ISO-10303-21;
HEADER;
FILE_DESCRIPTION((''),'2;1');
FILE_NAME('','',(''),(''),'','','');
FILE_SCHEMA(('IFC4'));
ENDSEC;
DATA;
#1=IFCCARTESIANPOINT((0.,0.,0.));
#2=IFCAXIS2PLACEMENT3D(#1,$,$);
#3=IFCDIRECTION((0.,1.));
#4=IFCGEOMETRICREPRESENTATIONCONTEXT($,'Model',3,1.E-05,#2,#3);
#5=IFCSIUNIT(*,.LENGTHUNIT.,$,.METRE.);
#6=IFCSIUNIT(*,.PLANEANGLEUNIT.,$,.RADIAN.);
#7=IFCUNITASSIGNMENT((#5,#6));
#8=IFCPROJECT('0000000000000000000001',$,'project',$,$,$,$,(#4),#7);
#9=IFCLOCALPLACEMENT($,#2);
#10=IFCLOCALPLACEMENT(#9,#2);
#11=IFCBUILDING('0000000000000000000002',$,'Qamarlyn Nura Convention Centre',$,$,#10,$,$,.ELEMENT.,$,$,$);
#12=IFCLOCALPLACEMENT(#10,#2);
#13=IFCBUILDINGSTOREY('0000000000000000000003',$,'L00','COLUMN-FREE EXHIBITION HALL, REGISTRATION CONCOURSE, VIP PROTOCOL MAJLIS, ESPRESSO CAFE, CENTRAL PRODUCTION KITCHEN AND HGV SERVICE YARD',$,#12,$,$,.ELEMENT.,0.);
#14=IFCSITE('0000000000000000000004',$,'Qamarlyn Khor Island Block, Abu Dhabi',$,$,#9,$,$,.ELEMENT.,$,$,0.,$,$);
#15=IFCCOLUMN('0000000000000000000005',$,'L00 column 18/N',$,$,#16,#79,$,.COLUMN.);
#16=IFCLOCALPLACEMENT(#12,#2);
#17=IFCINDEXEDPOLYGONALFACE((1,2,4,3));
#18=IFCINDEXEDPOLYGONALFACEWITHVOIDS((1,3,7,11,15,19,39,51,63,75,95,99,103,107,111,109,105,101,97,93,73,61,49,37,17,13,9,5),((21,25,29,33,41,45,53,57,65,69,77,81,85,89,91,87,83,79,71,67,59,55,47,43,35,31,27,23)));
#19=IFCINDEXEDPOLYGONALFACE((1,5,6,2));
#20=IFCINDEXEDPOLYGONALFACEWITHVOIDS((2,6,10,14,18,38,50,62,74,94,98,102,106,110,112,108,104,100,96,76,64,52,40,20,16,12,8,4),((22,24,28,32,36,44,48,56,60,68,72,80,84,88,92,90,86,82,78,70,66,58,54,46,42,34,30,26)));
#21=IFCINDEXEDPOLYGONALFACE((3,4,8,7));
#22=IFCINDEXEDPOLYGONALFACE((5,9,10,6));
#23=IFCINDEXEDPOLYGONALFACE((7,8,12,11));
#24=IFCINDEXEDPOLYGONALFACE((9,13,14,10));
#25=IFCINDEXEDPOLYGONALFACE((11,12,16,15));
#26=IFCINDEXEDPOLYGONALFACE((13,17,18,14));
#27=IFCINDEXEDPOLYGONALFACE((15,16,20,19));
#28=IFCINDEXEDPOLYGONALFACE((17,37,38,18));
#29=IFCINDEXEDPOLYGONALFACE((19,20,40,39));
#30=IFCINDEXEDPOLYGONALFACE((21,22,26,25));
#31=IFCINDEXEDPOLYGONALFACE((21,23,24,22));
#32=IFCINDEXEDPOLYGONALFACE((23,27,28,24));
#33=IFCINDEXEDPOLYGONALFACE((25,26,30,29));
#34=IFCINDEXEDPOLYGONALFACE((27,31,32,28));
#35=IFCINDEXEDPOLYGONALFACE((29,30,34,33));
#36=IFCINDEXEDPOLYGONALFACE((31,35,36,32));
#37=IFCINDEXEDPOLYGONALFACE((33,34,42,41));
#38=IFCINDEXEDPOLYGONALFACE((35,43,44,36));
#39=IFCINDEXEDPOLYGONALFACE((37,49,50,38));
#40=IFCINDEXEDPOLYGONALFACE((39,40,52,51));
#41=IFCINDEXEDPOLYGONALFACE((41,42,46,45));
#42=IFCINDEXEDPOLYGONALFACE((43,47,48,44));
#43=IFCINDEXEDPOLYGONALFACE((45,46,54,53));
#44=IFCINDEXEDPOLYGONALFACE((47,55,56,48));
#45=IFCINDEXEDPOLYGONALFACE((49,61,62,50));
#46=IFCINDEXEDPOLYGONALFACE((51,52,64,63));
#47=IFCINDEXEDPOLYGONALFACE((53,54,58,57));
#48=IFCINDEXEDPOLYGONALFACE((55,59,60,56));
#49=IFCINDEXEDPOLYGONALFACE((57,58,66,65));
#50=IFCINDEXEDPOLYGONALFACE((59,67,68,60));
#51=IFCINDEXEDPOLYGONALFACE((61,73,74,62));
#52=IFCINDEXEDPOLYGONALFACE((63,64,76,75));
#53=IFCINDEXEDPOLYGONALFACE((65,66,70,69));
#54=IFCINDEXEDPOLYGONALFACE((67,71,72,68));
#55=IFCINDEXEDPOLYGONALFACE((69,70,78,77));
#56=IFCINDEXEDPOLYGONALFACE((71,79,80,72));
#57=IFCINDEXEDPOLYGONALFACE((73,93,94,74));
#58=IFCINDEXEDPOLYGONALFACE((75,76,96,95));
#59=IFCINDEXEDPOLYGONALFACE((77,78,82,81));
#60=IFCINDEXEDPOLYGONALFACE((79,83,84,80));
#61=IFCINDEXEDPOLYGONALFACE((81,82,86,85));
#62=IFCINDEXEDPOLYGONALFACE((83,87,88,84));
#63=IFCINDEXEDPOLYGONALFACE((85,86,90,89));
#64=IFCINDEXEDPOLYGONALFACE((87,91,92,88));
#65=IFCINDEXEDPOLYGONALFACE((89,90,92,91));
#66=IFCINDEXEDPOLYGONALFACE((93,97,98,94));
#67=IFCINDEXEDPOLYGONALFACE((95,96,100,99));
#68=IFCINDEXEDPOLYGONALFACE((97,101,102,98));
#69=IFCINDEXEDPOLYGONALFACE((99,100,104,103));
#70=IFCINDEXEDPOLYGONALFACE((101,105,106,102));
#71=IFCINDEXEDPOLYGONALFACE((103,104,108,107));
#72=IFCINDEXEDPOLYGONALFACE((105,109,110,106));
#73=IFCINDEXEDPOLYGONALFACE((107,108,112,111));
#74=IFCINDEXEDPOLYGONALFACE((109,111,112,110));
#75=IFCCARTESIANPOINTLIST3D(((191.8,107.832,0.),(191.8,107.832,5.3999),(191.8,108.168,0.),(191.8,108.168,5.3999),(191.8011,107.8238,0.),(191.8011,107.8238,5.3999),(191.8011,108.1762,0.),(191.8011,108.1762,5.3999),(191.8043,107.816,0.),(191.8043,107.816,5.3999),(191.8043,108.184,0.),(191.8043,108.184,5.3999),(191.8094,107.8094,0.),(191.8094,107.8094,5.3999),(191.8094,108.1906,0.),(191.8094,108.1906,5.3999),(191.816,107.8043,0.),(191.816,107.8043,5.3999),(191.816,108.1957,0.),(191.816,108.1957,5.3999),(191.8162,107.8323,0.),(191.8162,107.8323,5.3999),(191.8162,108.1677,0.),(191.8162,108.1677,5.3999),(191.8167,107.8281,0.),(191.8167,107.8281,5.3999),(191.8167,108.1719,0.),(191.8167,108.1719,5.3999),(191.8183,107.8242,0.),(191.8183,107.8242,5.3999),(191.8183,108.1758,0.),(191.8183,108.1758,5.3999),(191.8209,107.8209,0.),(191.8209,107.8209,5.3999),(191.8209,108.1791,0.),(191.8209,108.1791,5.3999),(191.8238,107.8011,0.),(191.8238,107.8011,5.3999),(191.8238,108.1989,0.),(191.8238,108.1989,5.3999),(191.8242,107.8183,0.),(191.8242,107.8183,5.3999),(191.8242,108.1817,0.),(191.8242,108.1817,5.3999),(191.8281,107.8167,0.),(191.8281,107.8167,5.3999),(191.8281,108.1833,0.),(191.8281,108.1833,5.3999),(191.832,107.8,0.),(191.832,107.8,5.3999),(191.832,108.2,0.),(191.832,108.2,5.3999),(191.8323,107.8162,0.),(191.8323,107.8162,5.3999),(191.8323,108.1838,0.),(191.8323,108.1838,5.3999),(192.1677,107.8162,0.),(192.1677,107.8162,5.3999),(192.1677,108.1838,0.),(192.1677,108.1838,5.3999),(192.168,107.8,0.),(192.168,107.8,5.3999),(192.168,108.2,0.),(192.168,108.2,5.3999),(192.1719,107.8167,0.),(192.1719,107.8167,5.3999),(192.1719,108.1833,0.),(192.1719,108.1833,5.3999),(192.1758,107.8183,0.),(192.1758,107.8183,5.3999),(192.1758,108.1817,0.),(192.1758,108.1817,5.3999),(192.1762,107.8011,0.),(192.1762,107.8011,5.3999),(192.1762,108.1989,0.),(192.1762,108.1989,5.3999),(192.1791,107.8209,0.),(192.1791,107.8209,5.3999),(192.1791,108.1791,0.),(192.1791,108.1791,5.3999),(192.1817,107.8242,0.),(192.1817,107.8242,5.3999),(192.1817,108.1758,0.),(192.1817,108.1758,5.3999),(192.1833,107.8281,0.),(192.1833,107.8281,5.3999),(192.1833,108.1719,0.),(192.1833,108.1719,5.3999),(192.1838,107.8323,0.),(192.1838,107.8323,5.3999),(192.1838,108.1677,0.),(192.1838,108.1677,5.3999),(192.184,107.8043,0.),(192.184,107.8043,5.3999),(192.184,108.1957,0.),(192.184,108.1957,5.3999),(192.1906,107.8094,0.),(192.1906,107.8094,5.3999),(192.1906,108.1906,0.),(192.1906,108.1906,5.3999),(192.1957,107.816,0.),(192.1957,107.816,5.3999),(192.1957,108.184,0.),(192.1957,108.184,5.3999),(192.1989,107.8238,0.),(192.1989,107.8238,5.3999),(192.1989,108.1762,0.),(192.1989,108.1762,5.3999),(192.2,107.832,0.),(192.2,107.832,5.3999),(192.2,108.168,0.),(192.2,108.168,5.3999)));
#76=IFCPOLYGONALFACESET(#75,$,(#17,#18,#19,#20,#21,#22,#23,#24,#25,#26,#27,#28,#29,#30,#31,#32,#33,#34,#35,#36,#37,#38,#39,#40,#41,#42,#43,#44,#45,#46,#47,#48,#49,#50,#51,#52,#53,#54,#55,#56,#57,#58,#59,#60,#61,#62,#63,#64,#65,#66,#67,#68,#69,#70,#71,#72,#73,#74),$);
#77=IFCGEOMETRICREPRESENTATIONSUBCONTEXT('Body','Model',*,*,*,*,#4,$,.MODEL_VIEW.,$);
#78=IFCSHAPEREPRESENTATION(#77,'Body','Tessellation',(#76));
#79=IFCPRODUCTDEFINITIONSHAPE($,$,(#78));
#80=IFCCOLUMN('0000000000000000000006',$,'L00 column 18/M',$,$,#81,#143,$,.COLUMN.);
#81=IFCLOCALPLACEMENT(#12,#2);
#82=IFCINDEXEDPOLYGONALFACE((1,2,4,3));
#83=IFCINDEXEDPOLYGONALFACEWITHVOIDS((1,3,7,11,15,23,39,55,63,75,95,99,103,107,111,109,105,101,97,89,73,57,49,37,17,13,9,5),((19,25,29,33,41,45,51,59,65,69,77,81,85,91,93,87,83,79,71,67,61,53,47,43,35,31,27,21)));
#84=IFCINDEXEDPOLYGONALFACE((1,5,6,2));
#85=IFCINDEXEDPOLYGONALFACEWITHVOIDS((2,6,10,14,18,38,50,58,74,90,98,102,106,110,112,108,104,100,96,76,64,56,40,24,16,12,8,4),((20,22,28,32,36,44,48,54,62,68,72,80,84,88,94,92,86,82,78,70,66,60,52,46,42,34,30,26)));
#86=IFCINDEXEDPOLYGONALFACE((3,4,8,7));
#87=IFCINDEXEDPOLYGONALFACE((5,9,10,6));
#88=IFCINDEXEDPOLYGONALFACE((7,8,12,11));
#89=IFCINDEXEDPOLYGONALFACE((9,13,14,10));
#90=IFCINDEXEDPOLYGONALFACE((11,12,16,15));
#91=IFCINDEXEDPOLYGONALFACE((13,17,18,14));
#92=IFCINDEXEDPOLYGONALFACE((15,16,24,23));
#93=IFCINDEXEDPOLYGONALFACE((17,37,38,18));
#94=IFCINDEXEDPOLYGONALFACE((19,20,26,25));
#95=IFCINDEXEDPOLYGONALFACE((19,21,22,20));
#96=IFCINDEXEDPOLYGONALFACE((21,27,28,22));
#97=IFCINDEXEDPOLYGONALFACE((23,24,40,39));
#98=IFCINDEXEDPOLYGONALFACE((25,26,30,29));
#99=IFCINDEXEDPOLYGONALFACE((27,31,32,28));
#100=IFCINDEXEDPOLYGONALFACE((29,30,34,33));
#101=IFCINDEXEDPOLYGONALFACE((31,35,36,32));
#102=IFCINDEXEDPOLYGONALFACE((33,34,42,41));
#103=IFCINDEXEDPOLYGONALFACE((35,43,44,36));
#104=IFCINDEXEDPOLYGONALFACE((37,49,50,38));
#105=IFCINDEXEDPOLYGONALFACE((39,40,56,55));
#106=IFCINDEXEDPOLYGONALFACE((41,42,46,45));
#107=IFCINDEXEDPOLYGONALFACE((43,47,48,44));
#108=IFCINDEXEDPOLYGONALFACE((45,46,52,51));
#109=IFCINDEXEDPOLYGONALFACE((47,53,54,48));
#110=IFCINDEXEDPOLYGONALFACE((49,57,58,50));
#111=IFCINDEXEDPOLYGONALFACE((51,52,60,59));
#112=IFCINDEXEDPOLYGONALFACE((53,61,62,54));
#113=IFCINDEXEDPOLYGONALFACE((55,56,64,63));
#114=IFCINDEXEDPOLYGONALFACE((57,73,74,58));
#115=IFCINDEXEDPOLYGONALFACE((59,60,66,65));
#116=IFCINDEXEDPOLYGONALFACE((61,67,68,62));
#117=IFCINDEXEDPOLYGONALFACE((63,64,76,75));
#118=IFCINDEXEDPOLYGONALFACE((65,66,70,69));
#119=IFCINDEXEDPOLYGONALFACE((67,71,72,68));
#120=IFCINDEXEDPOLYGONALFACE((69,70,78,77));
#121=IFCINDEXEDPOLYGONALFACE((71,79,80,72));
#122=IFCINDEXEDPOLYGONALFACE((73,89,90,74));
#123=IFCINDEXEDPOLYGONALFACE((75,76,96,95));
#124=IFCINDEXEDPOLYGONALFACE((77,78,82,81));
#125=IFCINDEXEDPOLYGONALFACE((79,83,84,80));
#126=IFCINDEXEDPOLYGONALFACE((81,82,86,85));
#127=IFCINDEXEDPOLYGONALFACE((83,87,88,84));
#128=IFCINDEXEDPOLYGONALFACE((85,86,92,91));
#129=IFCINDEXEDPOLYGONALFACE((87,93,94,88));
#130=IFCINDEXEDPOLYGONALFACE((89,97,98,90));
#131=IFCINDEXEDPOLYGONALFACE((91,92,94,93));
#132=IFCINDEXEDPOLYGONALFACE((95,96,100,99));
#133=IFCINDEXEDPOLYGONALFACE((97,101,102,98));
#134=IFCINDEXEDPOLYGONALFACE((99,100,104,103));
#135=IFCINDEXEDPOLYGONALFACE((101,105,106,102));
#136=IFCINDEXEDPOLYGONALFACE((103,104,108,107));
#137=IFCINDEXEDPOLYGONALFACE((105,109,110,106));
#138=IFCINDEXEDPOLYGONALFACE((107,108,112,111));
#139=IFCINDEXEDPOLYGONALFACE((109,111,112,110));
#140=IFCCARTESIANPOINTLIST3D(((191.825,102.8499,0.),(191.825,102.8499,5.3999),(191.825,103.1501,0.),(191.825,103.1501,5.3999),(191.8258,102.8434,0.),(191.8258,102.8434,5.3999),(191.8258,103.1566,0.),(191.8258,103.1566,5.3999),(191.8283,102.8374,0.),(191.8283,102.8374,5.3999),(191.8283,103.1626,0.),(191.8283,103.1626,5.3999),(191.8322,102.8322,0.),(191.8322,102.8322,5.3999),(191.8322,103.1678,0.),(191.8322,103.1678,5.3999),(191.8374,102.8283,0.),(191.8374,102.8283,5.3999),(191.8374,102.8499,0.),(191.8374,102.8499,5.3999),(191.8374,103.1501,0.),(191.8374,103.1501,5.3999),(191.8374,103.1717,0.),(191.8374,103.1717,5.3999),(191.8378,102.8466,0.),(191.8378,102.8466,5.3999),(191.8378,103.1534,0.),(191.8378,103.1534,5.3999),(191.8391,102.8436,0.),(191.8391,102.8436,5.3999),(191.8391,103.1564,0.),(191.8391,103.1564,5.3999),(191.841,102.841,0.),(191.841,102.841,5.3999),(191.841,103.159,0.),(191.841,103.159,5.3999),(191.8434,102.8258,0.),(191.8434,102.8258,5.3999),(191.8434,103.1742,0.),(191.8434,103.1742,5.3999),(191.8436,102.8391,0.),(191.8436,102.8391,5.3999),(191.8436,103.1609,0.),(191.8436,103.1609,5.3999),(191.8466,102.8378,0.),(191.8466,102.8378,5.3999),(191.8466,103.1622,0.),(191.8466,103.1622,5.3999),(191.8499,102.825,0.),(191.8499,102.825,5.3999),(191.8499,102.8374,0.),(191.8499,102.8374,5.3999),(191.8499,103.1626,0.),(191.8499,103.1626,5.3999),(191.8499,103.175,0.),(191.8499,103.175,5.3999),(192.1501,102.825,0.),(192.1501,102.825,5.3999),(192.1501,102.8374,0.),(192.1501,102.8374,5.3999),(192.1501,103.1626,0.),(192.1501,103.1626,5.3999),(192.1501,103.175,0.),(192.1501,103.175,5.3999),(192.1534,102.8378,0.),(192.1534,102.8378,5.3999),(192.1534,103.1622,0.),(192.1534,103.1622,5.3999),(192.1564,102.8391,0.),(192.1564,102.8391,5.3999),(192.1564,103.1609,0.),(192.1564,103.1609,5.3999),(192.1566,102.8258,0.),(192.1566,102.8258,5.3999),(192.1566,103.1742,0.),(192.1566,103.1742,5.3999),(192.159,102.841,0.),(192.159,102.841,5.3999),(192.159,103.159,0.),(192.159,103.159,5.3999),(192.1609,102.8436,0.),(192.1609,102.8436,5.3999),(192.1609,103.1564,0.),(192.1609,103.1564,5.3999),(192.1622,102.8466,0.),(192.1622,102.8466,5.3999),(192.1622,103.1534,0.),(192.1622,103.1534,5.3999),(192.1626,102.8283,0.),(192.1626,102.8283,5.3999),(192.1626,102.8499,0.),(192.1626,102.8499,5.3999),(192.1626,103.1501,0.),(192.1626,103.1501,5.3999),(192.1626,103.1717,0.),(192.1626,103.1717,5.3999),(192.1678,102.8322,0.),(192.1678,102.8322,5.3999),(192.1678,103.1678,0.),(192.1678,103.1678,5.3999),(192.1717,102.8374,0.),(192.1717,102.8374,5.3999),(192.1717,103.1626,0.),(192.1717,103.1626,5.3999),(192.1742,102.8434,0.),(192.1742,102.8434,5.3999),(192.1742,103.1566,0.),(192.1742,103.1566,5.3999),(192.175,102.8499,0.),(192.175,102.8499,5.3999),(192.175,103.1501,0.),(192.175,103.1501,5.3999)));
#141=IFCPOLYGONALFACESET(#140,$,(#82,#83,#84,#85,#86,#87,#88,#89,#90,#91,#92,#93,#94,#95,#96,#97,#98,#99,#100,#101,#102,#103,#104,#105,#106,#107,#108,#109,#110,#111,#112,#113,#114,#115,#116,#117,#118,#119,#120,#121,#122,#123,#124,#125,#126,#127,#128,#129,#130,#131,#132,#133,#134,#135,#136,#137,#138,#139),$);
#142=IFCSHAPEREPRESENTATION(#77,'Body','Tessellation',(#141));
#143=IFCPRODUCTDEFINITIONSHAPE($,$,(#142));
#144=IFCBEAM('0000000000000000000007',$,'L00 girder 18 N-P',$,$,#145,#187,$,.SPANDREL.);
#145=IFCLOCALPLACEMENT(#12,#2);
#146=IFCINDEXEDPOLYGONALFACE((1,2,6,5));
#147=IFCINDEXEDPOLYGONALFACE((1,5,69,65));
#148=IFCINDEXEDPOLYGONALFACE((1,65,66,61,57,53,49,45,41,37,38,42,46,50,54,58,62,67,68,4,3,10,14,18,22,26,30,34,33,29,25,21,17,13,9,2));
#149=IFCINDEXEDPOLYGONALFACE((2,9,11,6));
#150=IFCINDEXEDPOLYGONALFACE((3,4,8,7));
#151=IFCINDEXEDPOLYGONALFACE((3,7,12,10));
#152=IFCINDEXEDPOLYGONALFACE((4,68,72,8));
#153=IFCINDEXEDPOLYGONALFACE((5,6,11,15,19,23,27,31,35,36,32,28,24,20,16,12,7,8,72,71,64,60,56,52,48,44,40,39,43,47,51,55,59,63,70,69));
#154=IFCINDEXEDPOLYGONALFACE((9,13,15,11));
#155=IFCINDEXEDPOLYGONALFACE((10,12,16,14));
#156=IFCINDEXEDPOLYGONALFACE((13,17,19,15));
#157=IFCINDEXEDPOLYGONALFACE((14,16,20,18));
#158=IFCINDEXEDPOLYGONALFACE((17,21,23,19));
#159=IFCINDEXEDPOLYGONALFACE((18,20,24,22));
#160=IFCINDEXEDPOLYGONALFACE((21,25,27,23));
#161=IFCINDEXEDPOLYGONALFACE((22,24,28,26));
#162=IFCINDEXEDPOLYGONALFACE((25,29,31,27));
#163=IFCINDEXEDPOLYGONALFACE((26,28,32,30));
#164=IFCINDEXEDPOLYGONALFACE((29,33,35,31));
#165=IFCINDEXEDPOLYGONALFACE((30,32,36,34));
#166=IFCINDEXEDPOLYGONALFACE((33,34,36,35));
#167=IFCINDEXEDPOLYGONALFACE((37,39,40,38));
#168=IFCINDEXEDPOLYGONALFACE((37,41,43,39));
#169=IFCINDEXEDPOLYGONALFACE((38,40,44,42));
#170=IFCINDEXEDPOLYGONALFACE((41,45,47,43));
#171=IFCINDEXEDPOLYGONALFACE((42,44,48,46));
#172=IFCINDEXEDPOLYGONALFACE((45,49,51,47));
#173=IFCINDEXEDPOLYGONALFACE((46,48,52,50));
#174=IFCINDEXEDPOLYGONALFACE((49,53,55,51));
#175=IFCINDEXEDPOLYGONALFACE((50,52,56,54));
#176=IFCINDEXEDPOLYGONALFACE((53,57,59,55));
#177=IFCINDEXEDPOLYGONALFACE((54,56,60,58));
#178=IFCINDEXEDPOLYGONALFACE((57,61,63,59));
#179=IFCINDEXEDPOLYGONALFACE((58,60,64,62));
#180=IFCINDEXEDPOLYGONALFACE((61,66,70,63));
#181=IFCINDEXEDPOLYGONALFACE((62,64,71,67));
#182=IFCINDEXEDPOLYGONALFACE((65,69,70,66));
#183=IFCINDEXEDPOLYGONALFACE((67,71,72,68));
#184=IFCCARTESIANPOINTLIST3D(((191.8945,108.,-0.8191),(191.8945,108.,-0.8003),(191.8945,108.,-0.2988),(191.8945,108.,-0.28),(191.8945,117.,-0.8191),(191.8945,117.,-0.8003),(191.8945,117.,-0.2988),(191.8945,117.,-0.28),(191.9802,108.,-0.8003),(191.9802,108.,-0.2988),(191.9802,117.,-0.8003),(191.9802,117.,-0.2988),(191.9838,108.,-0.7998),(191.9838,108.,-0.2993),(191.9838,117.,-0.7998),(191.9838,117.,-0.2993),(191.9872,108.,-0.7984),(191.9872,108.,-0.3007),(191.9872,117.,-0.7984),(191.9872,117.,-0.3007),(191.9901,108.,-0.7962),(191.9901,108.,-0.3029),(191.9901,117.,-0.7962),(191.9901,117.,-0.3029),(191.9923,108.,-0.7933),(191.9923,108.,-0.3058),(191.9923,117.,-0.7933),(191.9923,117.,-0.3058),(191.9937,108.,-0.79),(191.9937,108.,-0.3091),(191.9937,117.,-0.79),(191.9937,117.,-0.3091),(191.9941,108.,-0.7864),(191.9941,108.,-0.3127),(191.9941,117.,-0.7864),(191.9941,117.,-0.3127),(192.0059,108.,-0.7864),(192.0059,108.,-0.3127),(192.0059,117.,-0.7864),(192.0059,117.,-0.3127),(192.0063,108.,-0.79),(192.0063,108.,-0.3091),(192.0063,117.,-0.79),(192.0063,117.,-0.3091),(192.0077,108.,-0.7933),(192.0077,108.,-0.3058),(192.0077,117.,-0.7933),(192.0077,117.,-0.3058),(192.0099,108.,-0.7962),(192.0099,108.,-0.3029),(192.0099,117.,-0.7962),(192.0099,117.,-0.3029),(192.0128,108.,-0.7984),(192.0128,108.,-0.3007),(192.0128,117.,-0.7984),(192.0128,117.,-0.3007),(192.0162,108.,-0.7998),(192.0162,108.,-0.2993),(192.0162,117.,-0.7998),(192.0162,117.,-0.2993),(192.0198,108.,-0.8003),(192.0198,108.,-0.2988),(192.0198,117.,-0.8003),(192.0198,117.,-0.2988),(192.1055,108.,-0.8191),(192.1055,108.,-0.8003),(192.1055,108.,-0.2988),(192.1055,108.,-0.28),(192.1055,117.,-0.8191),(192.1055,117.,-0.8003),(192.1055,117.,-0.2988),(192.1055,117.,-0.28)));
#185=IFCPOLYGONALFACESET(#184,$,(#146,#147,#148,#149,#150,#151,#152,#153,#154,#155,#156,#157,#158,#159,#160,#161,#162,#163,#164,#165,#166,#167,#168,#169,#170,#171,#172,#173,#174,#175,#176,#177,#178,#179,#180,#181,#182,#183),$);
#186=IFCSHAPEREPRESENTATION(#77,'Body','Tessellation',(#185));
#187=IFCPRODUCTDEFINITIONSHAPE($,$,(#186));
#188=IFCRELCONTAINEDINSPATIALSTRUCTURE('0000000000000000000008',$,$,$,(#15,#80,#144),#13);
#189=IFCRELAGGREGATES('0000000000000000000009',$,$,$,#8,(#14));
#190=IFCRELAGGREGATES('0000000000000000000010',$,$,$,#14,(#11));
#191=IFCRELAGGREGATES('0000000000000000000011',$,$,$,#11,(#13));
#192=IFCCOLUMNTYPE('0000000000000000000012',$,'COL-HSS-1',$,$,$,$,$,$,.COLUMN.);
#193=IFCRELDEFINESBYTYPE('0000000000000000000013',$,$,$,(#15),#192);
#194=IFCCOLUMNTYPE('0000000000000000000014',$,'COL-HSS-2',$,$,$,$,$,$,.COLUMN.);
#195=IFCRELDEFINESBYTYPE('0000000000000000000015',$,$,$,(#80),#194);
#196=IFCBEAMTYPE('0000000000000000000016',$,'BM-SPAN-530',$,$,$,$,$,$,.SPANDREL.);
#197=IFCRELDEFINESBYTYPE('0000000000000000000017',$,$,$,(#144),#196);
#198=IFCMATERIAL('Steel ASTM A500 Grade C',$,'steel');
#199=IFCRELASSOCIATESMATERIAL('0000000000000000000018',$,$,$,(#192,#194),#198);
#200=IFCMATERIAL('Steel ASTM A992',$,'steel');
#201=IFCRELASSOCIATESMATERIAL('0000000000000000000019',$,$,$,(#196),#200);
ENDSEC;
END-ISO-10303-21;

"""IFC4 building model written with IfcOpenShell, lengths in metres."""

from ifc_helpers import new_model, si_unit, direction, frame, origin, origin_2d, place, context, subcontext, project, spatial, hollow_rectangle, i_section, extrude, material, material_profile, profile_set, type_object, element, save


model = new_model("IFC4")

# Units and contexts
model_context = context("Model", 3, precision=1e-05, world=origin(), true_north=direction((0.0, 1.0)))
body_context = subcontext(model_context, "Body", "Model", "MODEL_VIEW")
ifc_project = project(units=[si_unit("LENGTHUNIT", "METRE"), si_unit("PLANEANGLEUNIT", "RADIAN")], contexts=[model_context])

# Site, building, storey
site_placement = place(None, origin())
site = spatial("IfcSite", under=ifc_project, at=site_placement, Name="Qamarlyn Khor Island Block, Abu Dhabi", CompositionType="ELEMENT", RefElevation=0.0)
building_placement = place(site_placement, origin())
building = spatial("IfcBuilding", under=site, at=building_placement, Name="Qamarlyn Nura Convention Centre", CompositionType="ELEMENT")
storey_placement = place(building_placement, origin())
storey = spatial("IfcBuildingStorey", under=building, at=storey_placement, Name="L00", Description="COLUMN-FREE EXHIBITION HALL, REGISTRATION CONCOURSE, VIP PROTOCOL MAJLIS, ESPRESSO CAFE, CENTRAL PRODUCTION KITCHEN AND HGV SERVICE YARD", CompositionType="ELEMENT", Elevation=0.0)

# Columns
ifc_material_1 = material(Name="Steel ASTM A500 Grade C", Category="steel")
ifc_material_profile_1 = material_profile(ifc_material_1, hollow_rectangle(XDim=0.3999, YDim=0.3999, WallThickness=0.0161, InnerFilletRadius=0.0161, OuterFilletRadius=0.032, at=origin_2d()), Name="HSS400X400X16")
ifc_profile_set_1 = profile_set([ifc_material_profile_1], Name="Steel ASTM A500 Grade C")
column_type_1 = type_object("IfcColumnType", Name="COL-HSS-1", PredefinedType="COLUMN", material=ifc_profile_set_1)
column_1_placement = place(storey_placement, frame((192.0, 108.0, 0.0), z_axis=(0.0, 0.0, 1.0), x_axis=(1.0, 0.0, 0.0)))
element("IfcColumn", 1, at=column_1_placement, inside=storey, type_object=column_type_1, Name="L00 column 18/N", PredefinedType="COLUMN", context=body_context, shape_type="SweptSolid", body=[
    extrude(hollow_rectangle(XDim=0.3999, YDim=0.3999, WallThickness=0.0161, InnerFilletRadius=0.0161, OuterFilletRadius=0.032, at=origin_2d()), origin(), (0.0, 0.0, 1.0), 5.3999),
])
ifc_material_profile_2 = material_profile(ifc_material_1, hollow_rectangle(XDim=0.3501, YDim=0.3501, WallThickness=0.0125, InnerFilletRadius=0.0125, OuterFilletRadius=0.0249, at=origin_2d()), Name="HSS350X350X12.5")
ifc_profile_set_2 = profile_set([ifc_material_profile_2], Name="Steel ASTM A500 Grade C")
column_type_2 = type_object("IfcColumnType", Name="COL-HSS-2", PredefinedType="COLUMN", material=ifc_profile_set_2)
column_2_placement = place(storey_placement, frame((192.0, 103.0, 0.0), z_axis=(0.0, 0.0, 1.0), x_axis=(1.0, 0.0, 0.0)))
element("IfcColumn", 2, at=column_2_placement, inside=storey, type_object=column_type_2, Name="L00 column 18/M", PredefinedType="COLUMN", context=body_context, shape_type="SweptSolid", body=[
    extrude(hollow_rectangle(XDim=0.3501, YDim=0.3501, WallThickness=0.0125, InnerFilletRadius=0.0125, OuterFilletRadius=0.0249, at=origin_2d()), origin(), (0.0, 0.0, 1.0), 5.3999),
])

# Beam
ifc_material_2 = material(Name="Steel ASTM A992", Category="steel")
ifc_material_profile_3 = material_profile(ifc_material_2, i_section(OverallWidth=0.2109, OverallDepth=0.5391, WebThickness=0.0117, FlangeThickness=0.0188, FilletRadius=0.0139, at=origin_2d()), Name="W530X109")
ifc_profile_set_3 = profile_set([ifc_material_profile_3], Name="Steel ASTM A992")
beam_type_1 = type_object("IfcBeamType", Name="BM-SPAN-530", PredefinedType="SPANDREL", material=ifc_profile_set_3)
beam_1_placement = place(storey_placement, frame((192.0, 108.0, -0.5496), z_axis=(0.0, 1.0, 0.0), x_axis=(-1.0, 0.0, 0.0)))
element("IfcBeam", 3, at=beam_1_placement, inside=storey, type_object=beam_type_1, Name="L00 girder 18 N-P", PredefinedType="SPANDREL", context=body_context, shape_type="SweptSolid", body=[
    extrude(i_section(OverallWidth=0.2109, OverallDepth=0.5391, WebThickness=0.0117, FlangeThickness=0.0188, FilletRadius=0.0139, at=origin_2d()), origin(), (0.0, 0.0, 1.0), 9.0),
])

save(model, "model.ifc")
